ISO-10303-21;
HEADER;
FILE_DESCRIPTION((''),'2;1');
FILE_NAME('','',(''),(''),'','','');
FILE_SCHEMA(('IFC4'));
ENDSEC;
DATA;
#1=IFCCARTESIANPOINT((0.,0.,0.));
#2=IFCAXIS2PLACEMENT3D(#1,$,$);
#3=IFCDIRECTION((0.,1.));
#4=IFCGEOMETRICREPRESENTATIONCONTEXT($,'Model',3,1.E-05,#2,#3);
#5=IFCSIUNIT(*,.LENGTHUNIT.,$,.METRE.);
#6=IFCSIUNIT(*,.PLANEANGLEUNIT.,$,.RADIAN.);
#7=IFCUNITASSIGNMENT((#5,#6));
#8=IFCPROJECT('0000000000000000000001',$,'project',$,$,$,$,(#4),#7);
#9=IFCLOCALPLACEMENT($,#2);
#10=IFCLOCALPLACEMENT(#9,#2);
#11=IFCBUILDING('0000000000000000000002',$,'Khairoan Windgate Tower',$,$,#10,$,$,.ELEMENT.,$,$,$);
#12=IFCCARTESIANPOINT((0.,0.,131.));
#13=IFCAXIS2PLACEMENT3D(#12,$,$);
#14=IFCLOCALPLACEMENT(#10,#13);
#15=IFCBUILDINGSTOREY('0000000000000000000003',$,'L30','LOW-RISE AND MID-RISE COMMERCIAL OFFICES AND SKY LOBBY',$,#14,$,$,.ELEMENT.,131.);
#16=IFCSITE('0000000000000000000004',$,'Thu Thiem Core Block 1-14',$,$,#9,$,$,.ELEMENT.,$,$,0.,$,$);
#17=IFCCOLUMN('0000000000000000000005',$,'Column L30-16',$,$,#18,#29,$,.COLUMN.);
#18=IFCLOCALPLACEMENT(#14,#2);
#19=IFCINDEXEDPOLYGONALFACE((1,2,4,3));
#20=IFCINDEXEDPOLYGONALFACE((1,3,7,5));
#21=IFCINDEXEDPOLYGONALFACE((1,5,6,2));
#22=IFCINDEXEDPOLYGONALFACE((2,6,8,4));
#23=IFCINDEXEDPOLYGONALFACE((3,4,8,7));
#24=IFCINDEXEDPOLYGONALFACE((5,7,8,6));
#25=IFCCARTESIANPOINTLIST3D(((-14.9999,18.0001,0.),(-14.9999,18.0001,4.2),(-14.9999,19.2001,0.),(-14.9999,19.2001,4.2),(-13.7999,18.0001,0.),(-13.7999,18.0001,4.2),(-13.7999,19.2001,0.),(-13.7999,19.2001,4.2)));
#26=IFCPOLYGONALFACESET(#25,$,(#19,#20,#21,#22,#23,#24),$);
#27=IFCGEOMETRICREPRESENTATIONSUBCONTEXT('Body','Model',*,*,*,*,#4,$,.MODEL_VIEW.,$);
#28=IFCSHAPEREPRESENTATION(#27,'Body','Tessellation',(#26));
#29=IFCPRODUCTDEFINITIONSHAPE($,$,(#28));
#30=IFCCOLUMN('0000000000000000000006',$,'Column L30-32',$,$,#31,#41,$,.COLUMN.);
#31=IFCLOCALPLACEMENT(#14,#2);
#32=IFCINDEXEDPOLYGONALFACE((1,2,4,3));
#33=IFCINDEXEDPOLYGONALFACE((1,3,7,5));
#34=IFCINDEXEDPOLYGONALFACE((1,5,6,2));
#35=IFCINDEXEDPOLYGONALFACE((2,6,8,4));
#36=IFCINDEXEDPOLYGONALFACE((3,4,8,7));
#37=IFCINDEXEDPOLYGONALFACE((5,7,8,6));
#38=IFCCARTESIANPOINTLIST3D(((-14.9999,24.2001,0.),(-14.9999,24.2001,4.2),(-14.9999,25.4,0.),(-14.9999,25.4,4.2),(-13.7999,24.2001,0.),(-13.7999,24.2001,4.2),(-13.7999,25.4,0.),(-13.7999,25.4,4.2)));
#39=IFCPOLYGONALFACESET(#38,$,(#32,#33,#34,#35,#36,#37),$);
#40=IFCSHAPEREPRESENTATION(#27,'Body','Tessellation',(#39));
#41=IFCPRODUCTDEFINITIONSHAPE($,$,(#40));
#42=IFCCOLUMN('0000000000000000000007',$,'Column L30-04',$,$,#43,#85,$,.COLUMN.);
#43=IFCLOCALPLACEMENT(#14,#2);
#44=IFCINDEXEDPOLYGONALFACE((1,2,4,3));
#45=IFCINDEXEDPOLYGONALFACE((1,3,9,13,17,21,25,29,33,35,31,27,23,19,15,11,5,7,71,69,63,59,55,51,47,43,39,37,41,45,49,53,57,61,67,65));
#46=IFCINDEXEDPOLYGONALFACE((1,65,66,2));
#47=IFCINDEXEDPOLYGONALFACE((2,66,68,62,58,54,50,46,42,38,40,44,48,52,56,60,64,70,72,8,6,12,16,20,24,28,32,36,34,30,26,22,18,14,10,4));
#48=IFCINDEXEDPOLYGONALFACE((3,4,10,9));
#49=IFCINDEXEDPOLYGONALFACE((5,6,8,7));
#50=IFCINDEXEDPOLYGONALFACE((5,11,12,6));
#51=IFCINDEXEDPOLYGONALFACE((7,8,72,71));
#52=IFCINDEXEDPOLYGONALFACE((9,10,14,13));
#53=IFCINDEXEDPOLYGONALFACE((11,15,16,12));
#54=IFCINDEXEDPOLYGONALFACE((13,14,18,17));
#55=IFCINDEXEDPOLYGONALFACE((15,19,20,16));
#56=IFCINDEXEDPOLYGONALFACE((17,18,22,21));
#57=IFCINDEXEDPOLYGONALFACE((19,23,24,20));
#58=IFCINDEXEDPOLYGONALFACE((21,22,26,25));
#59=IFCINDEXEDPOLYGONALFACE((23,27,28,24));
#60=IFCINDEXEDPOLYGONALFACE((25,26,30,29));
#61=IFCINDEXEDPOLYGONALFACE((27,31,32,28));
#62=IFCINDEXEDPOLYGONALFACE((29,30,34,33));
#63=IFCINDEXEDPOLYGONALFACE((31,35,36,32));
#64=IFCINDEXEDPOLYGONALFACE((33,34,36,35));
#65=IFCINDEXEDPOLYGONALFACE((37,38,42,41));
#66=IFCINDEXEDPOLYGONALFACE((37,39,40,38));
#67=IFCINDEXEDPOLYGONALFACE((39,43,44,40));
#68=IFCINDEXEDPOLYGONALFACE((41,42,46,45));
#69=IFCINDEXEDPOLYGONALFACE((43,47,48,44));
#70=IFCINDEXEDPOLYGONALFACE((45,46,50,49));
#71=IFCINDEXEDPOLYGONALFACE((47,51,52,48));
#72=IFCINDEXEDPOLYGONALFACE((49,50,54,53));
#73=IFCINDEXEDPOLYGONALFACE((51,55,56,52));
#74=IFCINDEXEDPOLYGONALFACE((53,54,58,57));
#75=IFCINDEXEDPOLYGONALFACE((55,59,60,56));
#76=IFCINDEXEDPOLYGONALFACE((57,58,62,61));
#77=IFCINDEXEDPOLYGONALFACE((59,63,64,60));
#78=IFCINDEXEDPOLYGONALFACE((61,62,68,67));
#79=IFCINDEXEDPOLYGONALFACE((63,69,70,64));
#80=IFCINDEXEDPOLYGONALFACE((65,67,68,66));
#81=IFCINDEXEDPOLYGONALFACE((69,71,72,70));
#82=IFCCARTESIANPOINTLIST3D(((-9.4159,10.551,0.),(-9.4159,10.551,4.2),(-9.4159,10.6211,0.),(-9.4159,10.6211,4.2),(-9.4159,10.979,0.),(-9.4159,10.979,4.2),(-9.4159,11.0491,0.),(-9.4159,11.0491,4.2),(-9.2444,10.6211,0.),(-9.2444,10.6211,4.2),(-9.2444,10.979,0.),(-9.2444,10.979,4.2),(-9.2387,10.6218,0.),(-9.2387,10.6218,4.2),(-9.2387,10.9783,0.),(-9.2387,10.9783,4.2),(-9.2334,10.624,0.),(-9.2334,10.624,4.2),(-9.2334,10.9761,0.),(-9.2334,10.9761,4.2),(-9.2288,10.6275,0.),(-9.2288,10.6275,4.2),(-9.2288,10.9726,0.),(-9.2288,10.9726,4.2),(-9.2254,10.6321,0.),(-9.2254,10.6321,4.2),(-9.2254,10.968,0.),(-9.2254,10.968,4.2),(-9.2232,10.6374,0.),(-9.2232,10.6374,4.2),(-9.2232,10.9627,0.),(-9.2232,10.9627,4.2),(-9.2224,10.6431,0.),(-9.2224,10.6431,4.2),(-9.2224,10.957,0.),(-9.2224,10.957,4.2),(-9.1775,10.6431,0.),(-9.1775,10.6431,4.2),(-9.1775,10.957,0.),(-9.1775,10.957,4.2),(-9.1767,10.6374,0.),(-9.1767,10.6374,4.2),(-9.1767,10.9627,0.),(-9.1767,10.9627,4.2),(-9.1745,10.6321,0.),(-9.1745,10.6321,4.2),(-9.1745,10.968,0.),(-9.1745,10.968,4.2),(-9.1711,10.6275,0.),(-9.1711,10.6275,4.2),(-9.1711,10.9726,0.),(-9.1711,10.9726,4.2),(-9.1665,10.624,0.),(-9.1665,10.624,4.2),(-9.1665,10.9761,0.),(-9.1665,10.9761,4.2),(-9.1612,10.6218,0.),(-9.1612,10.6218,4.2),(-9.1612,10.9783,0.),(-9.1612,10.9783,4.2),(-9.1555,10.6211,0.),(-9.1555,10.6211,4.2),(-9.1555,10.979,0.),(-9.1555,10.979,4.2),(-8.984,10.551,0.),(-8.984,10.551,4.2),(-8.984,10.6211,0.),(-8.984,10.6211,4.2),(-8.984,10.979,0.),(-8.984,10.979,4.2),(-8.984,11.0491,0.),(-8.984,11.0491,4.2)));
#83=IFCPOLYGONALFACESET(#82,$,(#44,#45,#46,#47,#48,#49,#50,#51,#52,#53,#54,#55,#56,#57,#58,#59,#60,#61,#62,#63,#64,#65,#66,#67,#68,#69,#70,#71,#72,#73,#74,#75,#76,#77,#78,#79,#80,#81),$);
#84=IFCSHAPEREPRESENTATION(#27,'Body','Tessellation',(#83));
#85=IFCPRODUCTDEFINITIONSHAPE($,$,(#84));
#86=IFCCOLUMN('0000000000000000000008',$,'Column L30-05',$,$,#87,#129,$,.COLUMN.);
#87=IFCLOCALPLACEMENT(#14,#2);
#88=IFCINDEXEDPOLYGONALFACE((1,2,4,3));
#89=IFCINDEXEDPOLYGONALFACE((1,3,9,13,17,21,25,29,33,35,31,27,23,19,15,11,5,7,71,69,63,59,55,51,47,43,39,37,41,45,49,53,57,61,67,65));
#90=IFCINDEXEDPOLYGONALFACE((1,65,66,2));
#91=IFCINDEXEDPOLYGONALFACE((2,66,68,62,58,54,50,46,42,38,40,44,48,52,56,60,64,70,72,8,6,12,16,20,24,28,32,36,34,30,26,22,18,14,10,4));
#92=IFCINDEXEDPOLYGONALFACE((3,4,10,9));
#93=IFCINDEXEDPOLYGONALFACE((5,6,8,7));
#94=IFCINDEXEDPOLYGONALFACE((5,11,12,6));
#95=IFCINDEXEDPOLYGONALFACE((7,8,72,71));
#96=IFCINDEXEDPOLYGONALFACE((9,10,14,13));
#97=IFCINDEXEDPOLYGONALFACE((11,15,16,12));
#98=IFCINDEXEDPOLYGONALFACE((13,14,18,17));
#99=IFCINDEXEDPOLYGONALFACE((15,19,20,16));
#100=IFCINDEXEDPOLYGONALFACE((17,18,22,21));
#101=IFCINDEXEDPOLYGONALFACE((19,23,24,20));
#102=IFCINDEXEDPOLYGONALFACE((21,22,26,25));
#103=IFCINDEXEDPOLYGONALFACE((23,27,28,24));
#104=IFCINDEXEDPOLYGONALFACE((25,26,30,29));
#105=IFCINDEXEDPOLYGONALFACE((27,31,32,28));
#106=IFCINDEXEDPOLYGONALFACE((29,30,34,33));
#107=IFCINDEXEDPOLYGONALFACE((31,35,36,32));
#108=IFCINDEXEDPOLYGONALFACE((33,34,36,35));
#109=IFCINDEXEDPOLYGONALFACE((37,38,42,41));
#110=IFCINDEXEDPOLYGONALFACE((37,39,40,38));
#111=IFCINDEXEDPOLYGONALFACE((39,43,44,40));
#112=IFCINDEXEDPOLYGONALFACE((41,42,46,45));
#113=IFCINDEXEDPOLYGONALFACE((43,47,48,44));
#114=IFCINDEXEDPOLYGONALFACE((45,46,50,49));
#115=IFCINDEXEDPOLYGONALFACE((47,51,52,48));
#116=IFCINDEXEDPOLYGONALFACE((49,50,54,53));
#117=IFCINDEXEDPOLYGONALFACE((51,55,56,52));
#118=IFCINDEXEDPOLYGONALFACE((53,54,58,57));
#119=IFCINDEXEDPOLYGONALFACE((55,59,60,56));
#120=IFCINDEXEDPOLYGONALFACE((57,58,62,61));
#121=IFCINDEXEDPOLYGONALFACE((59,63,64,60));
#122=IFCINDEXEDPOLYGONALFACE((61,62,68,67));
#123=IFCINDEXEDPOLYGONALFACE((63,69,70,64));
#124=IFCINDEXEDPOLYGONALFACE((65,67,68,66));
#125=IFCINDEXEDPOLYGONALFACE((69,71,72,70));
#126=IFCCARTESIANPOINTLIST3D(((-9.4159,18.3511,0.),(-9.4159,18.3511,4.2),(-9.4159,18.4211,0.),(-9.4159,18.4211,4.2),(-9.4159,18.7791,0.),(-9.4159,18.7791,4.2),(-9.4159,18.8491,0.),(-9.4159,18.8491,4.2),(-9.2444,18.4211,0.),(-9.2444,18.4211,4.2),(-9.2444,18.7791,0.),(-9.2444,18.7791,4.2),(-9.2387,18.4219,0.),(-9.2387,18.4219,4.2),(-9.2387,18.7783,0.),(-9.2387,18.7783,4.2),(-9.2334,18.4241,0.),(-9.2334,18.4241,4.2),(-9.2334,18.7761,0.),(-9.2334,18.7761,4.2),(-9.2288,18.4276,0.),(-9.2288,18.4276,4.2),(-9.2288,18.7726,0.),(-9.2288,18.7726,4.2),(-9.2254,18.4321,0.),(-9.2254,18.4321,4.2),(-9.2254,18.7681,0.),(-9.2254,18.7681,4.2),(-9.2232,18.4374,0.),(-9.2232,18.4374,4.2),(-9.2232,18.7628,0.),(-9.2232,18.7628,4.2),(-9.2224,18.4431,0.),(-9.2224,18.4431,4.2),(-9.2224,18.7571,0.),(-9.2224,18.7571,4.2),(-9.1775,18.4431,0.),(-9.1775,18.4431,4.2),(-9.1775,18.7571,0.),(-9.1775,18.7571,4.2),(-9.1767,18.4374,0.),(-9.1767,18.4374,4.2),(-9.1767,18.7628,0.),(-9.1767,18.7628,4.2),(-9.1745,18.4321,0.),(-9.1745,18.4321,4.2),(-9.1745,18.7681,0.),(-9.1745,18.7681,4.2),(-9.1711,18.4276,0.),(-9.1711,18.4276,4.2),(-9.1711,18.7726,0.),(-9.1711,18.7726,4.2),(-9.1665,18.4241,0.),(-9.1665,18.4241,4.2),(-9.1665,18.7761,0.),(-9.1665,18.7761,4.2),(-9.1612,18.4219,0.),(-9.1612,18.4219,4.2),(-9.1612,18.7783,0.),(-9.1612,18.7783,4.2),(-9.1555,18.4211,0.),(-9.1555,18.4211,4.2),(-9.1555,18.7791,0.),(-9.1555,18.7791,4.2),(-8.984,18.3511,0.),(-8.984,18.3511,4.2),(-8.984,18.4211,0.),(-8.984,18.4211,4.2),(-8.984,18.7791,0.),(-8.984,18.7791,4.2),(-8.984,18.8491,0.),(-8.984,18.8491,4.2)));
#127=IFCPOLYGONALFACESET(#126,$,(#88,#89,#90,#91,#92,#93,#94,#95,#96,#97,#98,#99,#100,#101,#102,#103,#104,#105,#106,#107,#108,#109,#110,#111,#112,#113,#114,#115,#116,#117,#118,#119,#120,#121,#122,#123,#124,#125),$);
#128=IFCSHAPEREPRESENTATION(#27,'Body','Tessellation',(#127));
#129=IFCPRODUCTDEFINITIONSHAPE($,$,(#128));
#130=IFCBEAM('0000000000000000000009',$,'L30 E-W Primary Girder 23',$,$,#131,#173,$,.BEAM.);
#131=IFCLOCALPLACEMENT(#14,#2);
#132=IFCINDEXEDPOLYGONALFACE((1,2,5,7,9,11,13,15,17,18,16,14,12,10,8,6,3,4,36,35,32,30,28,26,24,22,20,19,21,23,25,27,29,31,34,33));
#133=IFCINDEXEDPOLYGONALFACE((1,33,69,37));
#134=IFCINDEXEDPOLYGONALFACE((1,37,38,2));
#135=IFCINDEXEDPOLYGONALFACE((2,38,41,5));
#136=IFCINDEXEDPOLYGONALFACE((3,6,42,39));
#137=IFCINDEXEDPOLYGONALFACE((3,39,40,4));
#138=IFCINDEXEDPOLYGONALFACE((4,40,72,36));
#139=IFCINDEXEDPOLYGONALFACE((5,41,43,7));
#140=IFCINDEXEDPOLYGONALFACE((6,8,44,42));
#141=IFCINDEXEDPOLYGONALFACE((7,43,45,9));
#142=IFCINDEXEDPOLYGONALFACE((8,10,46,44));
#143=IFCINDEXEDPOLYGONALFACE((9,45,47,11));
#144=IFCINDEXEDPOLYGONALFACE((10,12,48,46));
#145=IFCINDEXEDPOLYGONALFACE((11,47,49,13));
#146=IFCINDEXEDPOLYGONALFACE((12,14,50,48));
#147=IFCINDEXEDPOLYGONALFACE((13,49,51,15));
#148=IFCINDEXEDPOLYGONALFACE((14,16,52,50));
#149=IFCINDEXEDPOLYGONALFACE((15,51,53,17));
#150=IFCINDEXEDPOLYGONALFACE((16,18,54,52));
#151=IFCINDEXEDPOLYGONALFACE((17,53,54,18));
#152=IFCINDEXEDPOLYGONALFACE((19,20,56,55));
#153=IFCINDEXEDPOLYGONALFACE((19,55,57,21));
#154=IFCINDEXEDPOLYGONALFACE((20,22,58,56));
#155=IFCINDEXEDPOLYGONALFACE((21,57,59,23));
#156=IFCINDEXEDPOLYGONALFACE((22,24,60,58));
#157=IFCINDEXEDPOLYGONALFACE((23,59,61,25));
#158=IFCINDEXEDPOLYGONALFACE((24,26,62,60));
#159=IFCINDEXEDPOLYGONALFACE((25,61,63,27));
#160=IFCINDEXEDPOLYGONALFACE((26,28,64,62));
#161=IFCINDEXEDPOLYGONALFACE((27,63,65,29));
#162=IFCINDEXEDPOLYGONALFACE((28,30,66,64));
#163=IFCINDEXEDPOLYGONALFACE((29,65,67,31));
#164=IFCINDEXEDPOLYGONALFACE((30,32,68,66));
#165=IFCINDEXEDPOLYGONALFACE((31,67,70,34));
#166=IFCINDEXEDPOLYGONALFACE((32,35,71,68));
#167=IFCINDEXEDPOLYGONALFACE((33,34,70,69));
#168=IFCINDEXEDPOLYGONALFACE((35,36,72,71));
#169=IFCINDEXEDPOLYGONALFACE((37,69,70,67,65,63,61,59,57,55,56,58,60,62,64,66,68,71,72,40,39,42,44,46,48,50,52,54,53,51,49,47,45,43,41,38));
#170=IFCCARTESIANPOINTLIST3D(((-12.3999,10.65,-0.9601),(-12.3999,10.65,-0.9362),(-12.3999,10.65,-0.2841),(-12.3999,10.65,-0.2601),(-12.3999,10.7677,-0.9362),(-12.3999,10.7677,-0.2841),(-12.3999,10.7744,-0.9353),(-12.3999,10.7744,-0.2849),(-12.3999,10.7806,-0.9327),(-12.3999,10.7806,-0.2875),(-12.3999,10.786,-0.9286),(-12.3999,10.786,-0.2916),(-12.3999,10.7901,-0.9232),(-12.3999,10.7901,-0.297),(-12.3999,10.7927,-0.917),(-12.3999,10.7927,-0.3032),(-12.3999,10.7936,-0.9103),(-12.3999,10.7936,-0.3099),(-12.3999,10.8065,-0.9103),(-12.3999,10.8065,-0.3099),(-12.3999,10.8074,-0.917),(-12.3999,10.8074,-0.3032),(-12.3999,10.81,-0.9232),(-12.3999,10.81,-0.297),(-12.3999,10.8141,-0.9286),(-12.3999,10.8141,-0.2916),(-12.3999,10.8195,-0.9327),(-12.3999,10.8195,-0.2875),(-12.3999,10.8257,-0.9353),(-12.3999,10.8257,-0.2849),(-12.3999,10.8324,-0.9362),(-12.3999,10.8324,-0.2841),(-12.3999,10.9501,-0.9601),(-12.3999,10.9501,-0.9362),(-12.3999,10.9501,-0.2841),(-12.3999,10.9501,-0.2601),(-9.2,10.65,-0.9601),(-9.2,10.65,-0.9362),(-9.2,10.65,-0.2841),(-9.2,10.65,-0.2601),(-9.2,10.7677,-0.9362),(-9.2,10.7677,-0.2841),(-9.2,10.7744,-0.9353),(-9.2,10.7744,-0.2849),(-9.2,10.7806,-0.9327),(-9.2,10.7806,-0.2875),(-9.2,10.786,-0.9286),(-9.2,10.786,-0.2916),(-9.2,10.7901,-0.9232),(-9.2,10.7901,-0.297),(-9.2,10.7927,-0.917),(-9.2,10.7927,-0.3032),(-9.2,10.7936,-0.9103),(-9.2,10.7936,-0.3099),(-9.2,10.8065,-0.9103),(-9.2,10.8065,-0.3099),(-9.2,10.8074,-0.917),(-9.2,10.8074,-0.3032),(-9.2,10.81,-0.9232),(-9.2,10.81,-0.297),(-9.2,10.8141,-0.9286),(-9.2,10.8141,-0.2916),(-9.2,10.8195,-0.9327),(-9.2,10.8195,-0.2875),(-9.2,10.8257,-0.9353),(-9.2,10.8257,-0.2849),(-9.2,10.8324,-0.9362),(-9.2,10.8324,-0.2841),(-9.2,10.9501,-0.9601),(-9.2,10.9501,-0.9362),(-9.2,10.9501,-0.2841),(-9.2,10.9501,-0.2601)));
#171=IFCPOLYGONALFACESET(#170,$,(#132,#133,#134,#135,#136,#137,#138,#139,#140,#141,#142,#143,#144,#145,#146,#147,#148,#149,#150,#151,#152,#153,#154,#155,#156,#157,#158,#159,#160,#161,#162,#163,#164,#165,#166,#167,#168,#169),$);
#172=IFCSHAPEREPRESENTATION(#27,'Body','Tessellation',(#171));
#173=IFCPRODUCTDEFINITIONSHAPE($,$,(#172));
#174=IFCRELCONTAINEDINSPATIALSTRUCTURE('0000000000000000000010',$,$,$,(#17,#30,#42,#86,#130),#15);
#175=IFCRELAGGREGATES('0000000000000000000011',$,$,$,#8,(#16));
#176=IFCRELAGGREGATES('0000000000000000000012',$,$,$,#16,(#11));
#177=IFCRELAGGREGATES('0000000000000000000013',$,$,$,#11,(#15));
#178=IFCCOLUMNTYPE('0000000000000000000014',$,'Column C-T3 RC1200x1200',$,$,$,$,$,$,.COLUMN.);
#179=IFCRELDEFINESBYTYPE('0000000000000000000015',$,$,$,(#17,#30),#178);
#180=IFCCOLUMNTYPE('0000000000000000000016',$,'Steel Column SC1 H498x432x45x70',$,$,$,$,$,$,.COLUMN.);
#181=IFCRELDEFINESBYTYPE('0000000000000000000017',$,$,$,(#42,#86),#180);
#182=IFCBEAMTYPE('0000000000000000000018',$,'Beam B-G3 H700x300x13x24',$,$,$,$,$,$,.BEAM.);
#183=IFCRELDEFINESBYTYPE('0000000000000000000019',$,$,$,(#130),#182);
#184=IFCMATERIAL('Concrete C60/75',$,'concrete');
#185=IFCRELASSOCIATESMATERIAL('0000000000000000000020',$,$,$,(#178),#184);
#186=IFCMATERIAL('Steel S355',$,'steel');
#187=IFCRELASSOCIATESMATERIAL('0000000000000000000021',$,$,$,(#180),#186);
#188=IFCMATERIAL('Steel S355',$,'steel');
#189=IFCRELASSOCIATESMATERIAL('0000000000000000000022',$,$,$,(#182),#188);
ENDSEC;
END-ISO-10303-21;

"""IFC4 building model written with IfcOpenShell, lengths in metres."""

from ifc_helpers import new_model, si_unit, direction, frame, origin, origin_2d, place, context, subcontext, project, spatial, rectangle, i_section, extrude, material, material_profile, profile_set, type_object, element, save


model = new_model("IFC4")

# Units and contexts
model_context = context("Model", 3, precision=1e-05, world=origin(), true_north=direction((0.0, 1.0)))
body_context = subcontext(model_context, "Body", "Model", "MODEL_VIEW")
ifc_project = project(units=[si_unit("LENGTHUNIT", "METRE"), si_unit("PLANEANGLEUNIT", "RADIAN")], contexts=[model_context])

# Site, building, storey
site_placement = place(None, origin())
site = spatial("IfcSite", under=ifc_project, at=site_placement, Name="Thu Thiem Core Block 1-14", CompositionType="ELEMENT", RefElevation=0.0)
building_placement = place(site_placement, origin())
building = spatial("IfcBuilding", under=site, at=building_placement, Name="Khairoan Windgate Tower", CompositionType="ELEMENT")
storey_placement = place(building_placement, frame((0.0, 0.0, 131.0)))
storey = spatial("IfcBuildingStorey", under=building, at=storey_placement, Name="L30", Description="LOW-RISE AND MID-RISE COMMERCIAL OFFICES AND SKY LOBBY", CompositionType="ELEMENT", Elevation=131.0)

# Columns
ifc_material_1 = material(Name="Concrete C60/75", Category="concrete")
ifc_material_profile_1 = material_profile(ifc_material_1, rectangle(XDim=1.2, YDim=1.2, at=origin_2d()))
ifc_profile_set_1 = profile_set([ifc_material_profile_1], Name="Concrete C60/75")
column_type_1 = type_object("IfcColumnType", Name="Column C-T3 RC1200x1200", PredefinedType="COLUMN", material=ifc_profile_set_1)
for number, where, z_axis, x_axis, name in (
    (1, (-14.3999, 18.6001, 0.0), (0.0, 0.0, 1.0), (1.0, 0.0, 0.0), "Column L30-16"),
    (2, (-14.3999, 24.8, 0.0), (0.0, 0.0, 1.0), (1.0, 0.0, 0.0), "Column L30-32"),
):
    element("IfcColumn", number, at=place(storey_placement, frame(where, z_axis=z_axis, x_axis=x_axis)), inside=storey, type_object=column_type_1, Name=name, PredefinedType="COLUMN", context=body_context, shape_type="SweptSolid", body=[
        extrude(rectangle(XDim=1.2, YDim=1.2, at=origin_2d()), origin(), (0.0, 0.0, 1.0), 4.2),
    ])
ifc_material_2 = material(Name="Steel S355", Category="steel")
ifc_material_profile_2 = material_profile(ifc_material_2, i_section(OverallWidth=0.4319, OverallDepth=0.498, WebThickness=0.0449, FlangeThickness=0.0701, FilletRadius=0.022, at=origin_2d()))
ifc_profile_set_2 = profile_set([ifc_material_profile_2], Name="Steel S355")
column_type_2 = type_object("IfcColumnType", Name="Steel Column SC1 H498x432x45x70", PredefinedType="COLUMN", material=ifc_profile_set_2)
for number, where, z_axis, x_axis, name in (
    (3, (-9.2, 10.8, 0.0), (0.0, 0.0, 1.0), (1.0, 0.0, 0.0), "Column L30-04"),
    (4, (-9.2, 18.6001, 0.0), (0.0, 0.0, 1.0), (1.0, 0.0, 0.0), "Column L30-05"),
):
    element("IfcColumn", number, at=place(storey_placement, frame(where, z_axis=z_axis, x_axis=x_axis)), inside=storey, type_object=column_type_2, Name=name, PredefinedType="COLUMN", context=body_context, shape_type="SweptSolid", body=[
        extrude(i_section(OverallWidth=0.4319, OverallDepth=0.498, WebThickness=0.0449, FlangeThickness=0.0701, FilletRadius=0.022, at=origin_2d()), origin(), (0.0, 0.0, 1.0), 4.2),
    ])

# Beam
ifc_material_3 = material(Name="Steel S355", Category="steel")
ifc_material_profile_3 = material_profile(ifc_material_3, i_section(OverallWidth=0.3, OverallDepth=0.7, WebThickness=0.0129, FlangeThickness=0.0239, FilletRadius=0.0259, at=origin_2d()))
ifc_profile_set_3 = profile_set([ifc_material_profile_3], Name="Steel S355")
beam_type = type_object("IfcBeamType", Name="Beam B-G3 H700x300x13x24", PredefinedType="BEAM", material=ifc_profile_set_3)
beam_1_placement = place(storey_placement, frame((-12.3999, 10.8, -0.6101), z_axis=(1.0, 0.0, 0.0), x_axis=(0.0, 1.0, 0.0)))
element("IfcBeam", 5, at=beam_1_placement, inside=storey, type_object=beam_type, Name="L30 E-W Primary Girder 23", PredefinedType="BEAM", context=body_context, shape_type="SweptSolid", body=[
    extrude(i_section(OverallWidth=0.3, OverallDepth=0.7, WebThickness=0.0129, FlangeThickness=0.0239, FilletRadius=0.0259, at=origin_2d()), origin(), (0.0, 0.0, 1.0), 3.2),
])

save(model, "model.ifc")
